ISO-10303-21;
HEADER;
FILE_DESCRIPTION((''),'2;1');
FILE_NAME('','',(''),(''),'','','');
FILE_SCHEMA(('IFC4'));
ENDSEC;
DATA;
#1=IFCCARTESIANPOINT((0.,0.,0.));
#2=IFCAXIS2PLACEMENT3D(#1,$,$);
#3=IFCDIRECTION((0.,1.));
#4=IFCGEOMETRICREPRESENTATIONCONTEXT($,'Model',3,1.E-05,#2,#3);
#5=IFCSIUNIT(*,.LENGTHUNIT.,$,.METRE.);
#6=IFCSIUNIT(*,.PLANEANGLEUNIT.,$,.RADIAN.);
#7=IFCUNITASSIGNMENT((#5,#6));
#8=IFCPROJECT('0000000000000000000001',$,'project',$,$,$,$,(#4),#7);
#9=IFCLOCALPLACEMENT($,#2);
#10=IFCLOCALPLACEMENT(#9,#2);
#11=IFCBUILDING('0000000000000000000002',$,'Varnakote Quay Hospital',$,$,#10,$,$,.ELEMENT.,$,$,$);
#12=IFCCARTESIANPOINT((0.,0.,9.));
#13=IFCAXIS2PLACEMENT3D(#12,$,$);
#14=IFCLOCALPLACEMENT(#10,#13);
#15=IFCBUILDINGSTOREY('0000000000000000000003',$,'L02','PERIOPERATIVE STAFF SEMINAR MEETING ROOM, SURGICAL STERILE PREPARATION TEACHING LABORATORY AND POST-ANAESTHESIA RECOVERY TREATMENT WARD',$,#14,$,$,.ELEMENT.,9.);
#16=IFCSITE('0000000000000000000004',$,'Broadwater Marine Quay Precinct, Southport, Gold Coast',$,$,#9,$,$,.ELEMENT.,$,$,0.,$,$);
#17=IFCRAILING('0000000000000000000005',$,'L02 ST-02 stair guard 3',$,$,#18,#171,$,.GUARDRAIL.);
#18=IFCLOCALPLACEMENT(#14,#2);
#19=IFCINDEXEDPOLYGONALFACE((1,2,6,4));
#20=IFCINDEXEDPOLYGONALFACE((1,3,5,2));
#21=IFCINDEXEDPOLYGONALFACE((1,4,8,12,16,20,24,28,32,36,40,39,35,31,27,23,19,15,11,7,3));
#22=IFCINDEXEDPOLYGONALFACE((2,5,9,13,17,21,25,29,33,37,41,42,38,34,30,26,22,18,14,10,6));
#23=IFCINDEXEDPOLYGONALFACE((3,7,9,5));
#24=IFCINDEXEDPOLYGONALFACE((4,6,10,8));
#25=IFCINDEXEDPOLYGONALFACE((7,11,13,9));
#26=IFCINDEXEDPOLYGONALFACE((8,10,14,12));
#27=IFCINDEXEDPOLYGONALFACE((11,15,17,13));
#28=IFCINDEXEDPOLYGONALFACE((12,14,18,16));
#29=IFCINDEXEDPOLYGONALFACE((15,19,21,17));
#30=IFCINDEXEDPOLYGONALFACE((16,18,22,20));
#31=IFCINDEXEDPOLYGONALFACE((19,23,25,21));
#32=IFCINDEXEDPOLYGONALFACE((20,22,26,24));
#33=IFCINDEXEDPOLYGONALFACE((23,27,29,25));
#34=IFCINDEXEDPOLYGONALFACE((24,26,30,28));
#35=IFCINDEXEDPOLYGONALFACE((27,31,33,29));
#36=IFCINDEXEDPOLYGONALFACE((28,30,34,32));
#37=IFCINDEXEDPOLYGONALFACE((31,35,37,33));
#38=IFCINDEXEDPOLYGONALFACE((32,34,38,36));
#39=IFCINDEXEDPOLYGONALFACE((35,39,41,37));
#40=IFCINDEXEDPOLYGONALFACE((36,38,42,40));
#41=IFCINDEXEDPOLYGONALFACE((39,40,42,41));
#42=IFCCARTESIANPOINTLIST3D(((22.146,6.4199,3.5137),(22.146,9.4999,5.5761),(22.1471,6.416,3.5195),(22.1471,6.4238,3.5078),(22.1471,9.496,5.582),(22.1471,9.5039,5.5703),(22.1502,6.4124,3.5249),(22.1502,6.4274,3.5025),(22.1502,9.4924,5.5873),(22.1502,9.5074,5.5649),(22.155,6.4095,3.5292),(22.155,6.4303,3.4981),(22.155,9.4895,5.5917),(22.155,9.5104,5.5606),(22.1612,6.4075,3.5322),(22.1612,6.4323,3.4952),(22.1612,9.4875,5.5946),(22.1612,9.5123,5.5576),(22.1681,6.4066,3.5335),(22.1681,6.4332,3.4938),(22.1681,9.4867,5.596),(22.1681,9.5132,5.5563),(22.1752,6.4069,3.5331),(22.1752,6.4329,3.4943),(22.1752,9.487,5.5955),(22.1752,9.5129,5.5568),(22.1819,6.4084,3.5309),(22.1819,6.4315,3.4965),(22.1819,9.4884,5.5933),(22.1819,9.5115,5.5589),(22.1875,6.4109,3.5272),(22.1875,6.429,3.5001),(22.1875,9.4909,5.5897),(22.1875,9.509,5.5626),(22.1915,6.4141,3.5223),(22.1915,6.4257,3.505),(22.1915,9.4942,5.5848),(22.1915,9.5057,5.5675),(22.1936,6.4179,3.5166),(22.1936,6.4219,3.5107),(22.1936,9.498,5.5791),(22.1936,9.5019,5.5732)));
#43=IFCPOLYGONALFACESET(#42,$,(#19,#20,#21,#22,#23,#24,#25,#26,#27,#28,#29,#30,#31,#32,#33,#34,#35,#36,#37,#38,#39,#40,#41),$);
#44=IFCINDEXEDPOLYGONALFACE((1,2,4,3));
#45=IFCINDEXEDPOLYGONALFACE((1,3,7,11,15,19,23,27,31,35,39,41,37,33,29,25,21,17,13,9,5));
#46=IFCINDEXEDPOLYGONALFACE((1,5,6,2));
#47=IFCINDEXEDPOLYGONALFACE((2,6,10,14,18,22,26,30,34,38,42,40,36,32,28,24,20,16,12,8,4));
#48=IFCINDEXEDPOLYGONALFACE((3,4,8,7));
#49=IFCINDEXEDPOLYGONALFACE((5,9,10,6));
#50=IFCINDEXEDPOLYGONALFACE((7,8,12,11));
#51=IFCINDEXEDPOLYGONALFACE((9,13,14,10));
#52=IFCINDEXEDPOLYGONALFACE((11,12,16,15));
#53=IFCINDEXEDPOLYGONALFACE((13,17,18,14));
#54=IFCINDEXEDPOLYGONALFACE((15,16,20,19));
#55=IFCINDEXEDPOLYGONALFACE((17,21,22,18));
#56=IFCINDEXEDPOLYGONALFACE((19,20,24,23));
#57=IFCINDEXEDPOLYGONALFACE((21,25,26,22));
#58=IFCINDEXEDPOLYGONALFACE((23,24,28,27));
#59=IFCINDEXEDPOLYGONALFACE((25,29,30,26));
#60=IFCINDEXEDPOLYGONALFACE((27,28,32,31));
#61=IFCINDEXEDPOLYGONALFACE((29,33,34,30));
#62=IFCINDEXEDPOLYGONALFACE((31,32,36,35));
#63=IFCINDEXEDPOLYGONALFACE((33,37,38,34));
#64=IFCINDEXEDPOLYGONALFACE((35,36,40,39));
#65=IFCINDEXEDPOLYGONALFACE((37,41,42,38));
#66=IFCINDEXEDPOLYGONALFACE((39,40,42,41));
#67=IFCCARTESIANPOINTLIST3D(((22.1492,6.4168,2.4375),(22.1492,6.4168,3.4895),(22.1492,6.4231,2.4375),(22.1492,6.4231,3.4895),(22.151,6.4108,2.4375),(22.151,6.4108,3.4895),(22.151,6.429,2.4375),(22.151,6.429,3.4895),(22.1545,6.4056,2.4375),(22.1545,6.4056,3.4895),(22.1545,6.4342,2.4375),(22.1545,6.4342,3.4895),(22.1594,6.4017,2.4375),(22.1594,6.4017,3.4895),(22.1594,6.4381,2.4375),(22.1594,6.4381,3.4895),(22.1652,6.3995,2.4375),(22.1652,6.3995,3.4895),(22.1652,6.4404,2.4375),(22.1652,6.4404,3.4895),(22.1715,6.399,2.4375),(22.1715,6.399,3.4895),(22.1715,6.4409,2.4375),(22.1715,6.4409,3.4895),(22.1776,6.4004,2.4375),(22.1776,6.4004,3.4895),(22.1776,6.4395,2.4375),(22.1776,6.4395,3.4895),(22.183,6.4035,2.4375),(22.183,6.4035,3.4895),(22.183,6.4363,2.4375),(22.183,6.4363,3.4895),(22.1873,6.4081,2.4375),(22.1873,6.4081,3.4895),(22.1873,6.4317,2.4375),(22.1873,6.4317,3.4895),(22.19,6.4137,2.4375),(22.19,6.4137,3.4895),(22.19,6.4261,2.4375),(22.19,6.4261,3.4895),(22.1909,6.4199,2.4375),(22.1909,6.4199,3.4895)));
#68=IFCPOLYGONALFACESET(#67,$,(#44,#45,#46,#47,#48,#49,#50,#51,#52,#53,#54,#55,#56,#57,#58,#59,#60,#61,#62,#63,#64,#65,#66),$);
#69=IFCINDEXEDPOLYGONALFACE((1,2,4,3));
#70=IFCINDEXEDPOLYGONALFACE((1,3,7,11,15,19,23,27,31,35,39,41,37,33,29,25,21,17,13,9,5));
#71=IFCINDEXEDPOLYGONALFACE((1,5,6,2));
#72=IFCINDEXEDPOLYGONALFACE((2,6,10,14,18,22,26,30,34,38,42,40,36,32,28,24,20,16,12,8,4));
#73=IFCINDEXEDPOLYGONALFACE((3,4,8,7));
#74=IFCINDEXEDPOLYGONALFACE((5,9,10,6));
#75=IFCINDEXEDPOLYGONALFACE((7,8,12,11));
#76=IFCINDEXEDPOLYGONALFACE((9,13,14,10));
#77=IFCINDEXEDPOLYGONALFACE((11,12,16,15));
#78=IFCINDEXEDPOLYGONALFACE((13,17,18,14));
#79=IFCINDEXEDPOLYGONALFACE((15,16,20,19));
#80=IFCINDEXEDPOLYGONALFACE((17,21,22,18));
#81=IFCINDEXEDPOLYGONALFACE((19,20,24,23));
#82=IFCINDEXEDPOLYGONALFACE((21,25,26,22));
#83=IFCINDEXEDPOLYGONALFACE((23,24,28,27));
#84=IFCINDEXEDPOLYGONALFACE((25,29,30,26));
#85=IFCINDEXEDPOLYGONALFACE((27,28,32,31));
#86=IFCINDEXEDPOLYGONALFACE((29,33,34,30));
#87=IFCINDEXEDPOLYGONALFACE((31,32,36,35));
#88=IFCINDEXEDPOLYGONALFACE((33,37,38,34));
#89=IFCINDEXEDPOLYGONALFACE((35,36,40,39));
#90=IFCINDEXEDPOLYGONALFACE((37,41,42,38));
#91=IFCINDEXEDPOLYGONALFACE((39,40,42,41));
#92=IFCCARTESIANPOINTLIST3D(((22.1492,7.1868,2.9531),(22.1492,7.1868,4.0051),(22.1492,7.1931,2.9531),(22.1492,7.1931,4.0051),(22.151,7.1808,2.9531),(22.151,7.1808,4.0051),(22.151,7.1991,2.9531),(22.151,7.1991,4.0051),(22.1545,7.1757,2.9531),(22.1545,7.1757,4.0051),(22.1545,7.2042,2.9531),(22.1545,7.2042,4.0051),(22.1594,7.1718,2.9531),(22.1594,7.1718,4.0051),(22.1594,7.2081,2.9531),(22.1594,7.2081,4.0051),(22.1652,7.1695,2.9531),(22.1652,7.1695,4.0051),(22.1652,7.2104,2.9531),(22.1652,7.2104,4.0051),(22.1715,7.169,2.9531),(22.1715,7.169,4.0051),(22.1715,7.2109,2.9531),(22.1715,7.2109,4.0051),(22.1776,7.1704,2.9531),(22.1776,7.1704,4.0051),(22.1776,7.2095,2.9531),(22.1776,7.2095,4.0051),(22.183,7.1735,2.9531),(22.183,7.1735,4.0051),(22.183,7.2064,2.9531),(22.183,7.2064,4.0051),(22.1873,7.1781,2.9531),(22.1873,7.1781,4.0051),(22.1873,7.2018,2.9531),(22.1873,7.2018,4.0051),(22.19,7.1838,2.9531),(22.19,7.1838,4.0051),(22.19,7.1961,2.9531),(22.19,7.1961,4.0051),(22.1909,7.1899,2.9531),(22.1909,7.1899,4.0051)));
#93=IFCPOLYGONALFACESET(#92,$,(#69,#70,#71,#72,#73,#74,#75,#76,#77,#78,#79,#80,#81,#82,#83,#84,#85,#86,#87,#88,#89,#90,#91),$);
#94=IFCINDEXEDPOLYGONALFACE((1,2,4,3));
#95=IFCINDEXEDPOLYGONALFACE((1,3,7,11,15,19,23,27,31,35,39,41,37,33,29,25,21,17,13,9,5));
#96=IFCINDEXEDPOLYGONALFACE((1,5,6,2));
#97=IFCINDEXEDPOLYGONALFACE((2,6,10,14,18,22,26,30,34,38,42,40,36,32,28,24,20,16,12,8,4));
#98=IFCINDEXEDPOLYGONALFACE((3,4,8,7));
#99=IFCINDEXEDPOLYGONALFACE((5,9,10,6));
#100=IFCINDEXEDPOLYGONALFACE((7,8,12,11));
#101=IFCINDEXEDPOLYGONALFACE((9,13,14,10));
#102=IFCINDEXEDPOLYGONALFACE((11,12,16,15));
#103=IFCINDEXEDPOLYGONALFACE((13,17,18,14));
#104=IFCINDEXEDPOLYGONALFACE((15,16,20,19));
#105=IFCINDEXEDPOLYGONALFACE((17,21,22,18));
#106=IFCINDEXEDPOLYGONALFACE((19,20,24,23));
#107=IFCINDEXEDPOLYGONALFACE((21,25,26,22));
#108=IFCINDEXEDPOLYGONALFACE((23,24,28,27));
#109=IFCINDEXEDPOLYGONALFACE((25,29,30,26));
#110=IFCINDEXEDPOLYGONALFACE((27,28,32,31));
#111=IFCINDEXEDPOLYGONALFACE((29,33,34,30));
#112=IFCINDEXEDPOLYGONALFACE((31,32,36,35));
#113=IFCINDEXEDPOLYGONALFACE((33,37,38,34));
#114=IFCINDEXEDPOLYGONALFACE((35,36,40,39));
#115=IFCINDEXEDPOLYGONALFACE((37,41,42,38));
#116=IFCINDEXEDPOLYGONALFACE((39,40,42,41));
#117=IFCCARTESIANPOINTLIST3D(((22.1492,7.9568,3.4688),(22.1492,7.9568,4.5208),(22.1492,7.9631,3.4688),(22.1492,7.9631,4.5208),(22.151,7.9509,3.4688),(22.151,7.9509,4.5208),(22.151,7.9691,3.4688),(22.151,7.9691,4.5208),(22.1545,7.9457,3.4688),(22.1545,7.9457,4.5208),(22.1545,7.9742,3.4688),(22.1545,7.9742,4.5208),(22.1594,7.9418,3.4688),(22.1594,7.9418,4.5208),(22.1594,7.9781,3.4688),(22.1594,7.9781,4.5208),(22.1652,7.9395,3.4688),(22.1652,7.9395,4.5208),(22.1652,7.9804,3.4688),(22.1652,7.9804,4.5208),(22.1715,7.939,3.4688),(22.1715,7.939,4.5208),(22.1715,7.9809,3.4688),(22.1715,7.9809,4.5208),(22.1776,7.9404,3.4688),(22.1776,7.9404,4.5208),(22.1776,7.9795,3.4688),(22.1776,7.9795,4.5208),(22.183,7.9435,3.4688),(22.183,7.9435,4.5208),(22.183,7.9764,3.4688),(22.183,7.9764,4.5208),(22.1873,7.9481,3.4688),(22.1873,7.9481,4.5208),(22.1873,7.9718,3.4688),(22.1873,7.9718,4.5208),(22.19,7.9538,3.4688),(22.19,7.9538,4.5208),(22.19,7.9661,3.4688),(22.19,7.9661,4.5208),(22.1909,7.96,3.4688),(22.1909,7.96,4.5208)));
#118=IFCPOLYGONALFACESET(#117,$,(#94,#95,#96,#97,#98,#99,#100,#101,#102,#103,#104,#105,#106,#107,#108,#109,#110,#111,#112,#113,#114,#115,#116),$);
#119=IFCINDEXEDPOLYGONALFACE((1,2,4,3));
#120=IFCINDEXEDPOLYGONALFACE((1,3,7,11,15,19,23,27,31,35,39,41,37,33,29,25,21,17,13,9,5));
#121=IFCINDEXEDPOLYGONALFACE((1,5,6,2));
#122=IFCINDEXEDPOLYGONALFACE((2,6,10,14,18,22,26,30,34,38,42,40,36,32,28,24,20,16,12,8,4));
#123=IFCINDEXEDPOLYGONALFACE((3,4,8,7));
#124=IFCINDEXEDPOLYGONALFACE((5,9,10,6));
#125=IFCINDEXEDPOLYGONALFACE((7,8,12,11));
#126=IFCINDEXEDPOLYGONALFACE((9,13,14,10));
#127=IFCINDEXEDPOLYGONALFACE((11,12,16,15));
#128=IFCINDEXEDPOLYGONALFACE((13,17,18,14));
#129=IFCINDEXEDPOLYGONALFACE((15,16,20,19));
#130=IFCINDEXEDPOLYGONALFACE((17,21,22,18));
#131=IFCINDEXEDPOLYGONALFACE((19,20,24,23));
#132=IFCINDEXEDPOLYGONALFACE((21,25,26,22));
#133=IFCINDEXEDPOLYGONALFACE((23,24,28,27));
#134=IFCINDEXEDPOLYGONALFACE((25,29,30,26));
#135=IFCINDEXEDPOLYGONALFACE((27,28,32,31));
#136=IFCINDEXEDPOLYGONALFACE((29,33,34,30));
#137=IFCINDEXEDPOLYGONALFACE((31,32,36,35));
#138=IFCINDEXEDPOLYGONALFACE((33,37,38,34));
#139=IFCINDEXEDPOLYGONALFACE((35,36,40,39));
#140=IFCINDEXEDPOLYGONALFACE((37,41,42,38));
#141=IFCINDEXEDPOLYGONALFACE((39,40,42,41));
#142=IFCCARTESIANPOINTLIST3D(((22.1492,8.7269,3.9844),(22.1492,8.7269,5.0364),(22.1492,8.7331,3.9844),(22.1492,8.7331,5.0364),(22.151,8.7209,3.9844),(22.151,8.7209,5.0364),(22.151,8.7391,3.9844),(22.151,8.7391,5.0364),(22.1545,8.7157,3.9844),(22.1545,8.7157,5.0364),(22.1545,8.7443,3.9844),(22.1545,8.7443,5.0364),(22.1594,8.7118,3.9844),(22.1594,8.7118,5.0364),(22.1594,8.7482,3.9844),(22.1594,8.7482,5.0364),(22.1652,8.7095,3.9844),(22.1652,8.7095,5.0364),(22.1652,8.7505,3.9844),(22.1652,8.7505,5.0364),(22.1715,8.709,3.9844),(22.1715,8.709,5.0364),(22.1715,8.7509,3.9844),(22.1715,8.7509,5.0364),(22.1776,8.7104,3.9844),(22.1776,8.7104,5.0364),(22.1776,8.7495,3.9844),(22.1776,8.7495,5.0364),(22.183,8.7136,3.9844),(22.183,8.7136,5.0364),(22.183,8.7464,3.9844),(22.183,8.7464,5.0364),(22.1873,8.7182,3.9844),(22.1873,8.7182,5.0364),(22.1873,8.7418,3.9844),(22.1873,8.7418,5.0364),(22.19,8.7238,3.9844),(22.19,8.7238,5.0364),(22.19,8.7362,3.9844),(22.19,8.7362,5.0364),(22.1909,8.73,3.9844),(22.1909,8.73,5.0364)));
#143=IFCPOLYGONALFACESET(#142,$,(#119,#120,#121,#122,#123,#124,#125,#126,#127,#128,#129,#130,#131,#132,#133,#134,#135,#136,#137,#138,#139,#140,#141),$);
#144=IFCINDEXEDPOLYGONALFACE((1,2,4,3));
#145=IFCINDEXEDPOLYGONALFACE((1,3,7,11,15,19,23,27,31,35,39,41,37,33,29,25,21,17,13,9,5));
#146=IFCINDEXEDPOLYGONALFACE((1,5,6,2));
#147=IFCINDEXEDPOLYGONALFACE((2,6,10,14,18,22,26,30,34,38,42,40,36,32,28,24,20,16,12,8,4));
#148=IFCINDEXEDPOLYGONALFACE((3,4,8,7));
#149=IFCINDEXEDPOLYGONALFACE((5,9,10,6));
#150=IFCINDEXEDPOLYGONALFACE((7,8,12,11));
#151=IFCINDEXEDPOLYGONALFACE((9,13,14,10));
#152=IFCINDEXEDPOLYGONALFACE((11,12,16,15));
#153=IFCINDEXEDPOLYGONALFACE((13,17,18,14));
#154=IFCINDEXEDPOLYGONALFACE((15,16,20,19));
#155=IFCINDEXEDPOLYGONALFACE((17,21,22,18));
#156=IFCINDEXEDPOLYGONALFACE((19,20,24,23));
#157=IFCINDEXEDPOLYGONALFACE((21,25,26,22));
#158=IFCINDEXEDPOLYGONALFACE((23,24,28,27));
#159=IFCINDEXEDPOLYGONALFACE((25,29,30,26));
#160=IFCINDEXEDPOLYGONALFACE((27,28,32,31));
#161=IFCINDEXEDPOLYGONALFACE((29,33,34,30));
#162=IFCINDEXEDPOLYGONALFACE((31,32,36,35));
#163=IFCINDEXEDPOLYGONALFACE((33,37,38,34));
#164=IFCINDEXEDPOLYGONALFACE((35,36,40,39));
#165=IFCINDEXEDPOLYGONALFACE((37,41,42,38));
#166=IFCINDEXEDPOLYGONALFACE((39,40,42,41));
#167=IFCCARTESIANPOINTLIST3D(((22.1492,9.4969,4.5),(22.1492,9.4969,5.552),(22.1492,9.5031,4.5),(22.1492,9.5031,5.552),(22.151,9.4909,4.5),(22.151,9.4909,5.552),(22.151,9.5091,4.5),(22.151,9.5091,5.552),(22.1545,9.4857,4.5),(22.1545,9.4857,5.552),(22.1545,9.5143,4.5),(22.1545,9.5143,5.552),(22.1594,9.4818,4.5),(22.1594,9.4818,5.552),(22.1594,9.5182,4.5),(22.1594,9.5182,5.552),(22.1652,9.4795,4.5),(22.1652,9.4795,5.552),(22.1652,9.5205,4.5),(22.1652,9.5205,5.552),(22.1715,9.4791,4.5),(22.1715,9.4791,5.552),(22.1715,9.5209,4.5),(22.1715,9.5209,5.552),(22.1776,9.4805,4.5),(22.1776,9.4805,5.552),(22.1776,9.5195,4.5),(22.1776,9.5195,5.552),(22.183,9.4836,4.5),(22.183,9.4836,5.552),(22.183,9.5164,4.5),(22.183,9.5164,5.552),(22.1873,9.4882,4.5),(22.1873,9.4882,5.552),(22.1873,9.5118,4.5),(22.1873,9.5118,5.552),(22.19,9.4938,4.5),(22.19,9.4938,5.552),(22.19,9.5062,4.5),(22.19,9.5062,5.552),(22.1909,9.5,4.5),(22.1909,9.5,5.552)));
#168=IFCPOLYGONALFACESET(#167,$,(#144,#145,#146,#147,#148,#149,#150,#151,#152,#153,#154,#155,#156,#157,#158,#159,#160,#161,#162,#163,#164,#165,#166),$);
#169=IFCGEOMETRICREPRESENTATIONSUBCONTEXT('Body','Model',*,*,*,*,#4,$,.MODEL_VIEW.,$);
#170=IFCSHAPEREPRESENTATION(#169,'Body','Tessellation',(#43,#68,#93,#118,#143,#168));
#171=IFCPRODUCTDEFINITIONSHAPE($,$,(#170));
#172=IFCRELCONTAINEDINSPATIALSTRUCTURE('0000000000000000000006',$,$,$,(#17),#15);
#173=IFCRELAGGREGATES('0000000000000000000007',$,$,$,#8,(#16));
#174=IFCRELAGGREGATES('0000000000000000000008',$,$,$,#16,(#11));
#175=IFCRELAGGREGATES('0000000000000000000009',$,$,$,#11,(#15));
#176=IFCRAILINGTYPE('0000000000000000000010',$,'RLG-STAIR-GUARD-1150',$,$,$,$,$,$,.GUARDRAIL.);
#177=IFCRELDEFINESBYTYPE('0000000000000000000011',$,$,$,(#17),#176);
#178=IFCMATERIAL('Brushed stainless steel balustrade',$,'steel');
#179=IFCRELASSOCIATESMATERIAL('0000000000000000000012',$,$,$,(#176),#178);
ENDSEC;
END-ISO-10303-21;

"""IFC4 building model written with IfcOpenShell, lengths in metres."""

from ifc_helpers import new_model, si_unit, direction, frame, origin, origin_2d, place, context, subcontext, project, spatial, circle, extrude, material, type_object, element, save


model = new_model("IFC4")

# Units and contexts
model_context = context("Model", 3, precision=1e-05, world=origin(), true_north=direction((0.0, 1.0)))
body_context = subcontext(model_context, "Body", "Model", "MODEL_VIEW")
ifc_project = project(units=[si_unit("LENGTHUNIT", "METRE"), si_unit("PLANEANGLEUNIT", "RADIAN")], contexts=[model_context])

# Site, building, storey
site_placement = place(None, origin())
site = spatial("IfcSite", under=ifc_project, at=site_placement, Name="Broadwater Marine Quay Precinct, Southport, Gold Coast", CompositionType="ELEMENT", RefElevation=0.0)
building_placement = place(site_placement, origin())
building = spatial("IfcBuilding", under=site, at=building_placement, Name="Varnakote Quay Hospital", CompositionType="ELEMENT")
storey_placement = place(building_placement, frame((0.0, 0.0, 9.0)))
storey = spatial("IfcBuildingStorey", under=building, at=storey_placement, Name="L02", Description="PERIOPERATIVE STAFF SEMINAR MEETING ROOM, SURGICAL STERILE PREPARATION TEACHING LABORATORY AND POST-ANAESTHESIA RECOVERY TREATMENT WARD", CompositionType="ELEMENT", Elevation=9.0)

# Railing
ifc_material_1 = material(Name="Brushed stainless steel balustrade", Category="steel")
railing_type_1 = type_object("IfcRailingType", Name="RLG-STAIR-GUARD-1150", PredefinedType="GUARDRAIL", material=ifc_material_1)
railing_1_placement = place(storey_placement, frame((22.1699, 6.4199, 2.4375)))
element("IfcRailing", 1, at=railing_1_placement, inside=storey, type_object=railing_type_1, Name="L02 ST-02 stair guard 3", PredefinedType="GUARDRAIL", context=body_context, shape_type="SweptSolid", body=[
    extrude(circle(Radius=0.0239, at=origin_2d()), frame((0.0, 0.0, 1.0762), z_axis=(0.0, 0.830914, 0.556401), x_axis=(-1.0, 0.0, 0.0)), (0.0, 0.0, 1.0), 3.7068),
    extrude(circle(Radius=0.021, at=origin_2d()), origin(), (0.0, 0.0, 1.0), 1.052),
    extrude(circle(Radius=0.021, at=origin_2d()), frame((0.0, 0.77, 0.5156)), (0.0, 0.0, 1.0), 1.052),
    extrude(circle(Radius=0.021, at=origin_2d()), frame((0.0, 1.54, 1.0312)), (0.0, 0.0, 1.0), 1.052),
    extrude(circle(Radius=0.021, at=origin_2d()), frame((0.0, 2.3101, 1.5469)), (0.0, 0.0, 1.0), 1.052),
    extrude(circle(Radius=0.021, at=origin_2d()), frame((0.0, 3.0801, 2.0625)), (0.0, 0.0, 1.0), 1.052),
])

save(model, "model.ifc")
